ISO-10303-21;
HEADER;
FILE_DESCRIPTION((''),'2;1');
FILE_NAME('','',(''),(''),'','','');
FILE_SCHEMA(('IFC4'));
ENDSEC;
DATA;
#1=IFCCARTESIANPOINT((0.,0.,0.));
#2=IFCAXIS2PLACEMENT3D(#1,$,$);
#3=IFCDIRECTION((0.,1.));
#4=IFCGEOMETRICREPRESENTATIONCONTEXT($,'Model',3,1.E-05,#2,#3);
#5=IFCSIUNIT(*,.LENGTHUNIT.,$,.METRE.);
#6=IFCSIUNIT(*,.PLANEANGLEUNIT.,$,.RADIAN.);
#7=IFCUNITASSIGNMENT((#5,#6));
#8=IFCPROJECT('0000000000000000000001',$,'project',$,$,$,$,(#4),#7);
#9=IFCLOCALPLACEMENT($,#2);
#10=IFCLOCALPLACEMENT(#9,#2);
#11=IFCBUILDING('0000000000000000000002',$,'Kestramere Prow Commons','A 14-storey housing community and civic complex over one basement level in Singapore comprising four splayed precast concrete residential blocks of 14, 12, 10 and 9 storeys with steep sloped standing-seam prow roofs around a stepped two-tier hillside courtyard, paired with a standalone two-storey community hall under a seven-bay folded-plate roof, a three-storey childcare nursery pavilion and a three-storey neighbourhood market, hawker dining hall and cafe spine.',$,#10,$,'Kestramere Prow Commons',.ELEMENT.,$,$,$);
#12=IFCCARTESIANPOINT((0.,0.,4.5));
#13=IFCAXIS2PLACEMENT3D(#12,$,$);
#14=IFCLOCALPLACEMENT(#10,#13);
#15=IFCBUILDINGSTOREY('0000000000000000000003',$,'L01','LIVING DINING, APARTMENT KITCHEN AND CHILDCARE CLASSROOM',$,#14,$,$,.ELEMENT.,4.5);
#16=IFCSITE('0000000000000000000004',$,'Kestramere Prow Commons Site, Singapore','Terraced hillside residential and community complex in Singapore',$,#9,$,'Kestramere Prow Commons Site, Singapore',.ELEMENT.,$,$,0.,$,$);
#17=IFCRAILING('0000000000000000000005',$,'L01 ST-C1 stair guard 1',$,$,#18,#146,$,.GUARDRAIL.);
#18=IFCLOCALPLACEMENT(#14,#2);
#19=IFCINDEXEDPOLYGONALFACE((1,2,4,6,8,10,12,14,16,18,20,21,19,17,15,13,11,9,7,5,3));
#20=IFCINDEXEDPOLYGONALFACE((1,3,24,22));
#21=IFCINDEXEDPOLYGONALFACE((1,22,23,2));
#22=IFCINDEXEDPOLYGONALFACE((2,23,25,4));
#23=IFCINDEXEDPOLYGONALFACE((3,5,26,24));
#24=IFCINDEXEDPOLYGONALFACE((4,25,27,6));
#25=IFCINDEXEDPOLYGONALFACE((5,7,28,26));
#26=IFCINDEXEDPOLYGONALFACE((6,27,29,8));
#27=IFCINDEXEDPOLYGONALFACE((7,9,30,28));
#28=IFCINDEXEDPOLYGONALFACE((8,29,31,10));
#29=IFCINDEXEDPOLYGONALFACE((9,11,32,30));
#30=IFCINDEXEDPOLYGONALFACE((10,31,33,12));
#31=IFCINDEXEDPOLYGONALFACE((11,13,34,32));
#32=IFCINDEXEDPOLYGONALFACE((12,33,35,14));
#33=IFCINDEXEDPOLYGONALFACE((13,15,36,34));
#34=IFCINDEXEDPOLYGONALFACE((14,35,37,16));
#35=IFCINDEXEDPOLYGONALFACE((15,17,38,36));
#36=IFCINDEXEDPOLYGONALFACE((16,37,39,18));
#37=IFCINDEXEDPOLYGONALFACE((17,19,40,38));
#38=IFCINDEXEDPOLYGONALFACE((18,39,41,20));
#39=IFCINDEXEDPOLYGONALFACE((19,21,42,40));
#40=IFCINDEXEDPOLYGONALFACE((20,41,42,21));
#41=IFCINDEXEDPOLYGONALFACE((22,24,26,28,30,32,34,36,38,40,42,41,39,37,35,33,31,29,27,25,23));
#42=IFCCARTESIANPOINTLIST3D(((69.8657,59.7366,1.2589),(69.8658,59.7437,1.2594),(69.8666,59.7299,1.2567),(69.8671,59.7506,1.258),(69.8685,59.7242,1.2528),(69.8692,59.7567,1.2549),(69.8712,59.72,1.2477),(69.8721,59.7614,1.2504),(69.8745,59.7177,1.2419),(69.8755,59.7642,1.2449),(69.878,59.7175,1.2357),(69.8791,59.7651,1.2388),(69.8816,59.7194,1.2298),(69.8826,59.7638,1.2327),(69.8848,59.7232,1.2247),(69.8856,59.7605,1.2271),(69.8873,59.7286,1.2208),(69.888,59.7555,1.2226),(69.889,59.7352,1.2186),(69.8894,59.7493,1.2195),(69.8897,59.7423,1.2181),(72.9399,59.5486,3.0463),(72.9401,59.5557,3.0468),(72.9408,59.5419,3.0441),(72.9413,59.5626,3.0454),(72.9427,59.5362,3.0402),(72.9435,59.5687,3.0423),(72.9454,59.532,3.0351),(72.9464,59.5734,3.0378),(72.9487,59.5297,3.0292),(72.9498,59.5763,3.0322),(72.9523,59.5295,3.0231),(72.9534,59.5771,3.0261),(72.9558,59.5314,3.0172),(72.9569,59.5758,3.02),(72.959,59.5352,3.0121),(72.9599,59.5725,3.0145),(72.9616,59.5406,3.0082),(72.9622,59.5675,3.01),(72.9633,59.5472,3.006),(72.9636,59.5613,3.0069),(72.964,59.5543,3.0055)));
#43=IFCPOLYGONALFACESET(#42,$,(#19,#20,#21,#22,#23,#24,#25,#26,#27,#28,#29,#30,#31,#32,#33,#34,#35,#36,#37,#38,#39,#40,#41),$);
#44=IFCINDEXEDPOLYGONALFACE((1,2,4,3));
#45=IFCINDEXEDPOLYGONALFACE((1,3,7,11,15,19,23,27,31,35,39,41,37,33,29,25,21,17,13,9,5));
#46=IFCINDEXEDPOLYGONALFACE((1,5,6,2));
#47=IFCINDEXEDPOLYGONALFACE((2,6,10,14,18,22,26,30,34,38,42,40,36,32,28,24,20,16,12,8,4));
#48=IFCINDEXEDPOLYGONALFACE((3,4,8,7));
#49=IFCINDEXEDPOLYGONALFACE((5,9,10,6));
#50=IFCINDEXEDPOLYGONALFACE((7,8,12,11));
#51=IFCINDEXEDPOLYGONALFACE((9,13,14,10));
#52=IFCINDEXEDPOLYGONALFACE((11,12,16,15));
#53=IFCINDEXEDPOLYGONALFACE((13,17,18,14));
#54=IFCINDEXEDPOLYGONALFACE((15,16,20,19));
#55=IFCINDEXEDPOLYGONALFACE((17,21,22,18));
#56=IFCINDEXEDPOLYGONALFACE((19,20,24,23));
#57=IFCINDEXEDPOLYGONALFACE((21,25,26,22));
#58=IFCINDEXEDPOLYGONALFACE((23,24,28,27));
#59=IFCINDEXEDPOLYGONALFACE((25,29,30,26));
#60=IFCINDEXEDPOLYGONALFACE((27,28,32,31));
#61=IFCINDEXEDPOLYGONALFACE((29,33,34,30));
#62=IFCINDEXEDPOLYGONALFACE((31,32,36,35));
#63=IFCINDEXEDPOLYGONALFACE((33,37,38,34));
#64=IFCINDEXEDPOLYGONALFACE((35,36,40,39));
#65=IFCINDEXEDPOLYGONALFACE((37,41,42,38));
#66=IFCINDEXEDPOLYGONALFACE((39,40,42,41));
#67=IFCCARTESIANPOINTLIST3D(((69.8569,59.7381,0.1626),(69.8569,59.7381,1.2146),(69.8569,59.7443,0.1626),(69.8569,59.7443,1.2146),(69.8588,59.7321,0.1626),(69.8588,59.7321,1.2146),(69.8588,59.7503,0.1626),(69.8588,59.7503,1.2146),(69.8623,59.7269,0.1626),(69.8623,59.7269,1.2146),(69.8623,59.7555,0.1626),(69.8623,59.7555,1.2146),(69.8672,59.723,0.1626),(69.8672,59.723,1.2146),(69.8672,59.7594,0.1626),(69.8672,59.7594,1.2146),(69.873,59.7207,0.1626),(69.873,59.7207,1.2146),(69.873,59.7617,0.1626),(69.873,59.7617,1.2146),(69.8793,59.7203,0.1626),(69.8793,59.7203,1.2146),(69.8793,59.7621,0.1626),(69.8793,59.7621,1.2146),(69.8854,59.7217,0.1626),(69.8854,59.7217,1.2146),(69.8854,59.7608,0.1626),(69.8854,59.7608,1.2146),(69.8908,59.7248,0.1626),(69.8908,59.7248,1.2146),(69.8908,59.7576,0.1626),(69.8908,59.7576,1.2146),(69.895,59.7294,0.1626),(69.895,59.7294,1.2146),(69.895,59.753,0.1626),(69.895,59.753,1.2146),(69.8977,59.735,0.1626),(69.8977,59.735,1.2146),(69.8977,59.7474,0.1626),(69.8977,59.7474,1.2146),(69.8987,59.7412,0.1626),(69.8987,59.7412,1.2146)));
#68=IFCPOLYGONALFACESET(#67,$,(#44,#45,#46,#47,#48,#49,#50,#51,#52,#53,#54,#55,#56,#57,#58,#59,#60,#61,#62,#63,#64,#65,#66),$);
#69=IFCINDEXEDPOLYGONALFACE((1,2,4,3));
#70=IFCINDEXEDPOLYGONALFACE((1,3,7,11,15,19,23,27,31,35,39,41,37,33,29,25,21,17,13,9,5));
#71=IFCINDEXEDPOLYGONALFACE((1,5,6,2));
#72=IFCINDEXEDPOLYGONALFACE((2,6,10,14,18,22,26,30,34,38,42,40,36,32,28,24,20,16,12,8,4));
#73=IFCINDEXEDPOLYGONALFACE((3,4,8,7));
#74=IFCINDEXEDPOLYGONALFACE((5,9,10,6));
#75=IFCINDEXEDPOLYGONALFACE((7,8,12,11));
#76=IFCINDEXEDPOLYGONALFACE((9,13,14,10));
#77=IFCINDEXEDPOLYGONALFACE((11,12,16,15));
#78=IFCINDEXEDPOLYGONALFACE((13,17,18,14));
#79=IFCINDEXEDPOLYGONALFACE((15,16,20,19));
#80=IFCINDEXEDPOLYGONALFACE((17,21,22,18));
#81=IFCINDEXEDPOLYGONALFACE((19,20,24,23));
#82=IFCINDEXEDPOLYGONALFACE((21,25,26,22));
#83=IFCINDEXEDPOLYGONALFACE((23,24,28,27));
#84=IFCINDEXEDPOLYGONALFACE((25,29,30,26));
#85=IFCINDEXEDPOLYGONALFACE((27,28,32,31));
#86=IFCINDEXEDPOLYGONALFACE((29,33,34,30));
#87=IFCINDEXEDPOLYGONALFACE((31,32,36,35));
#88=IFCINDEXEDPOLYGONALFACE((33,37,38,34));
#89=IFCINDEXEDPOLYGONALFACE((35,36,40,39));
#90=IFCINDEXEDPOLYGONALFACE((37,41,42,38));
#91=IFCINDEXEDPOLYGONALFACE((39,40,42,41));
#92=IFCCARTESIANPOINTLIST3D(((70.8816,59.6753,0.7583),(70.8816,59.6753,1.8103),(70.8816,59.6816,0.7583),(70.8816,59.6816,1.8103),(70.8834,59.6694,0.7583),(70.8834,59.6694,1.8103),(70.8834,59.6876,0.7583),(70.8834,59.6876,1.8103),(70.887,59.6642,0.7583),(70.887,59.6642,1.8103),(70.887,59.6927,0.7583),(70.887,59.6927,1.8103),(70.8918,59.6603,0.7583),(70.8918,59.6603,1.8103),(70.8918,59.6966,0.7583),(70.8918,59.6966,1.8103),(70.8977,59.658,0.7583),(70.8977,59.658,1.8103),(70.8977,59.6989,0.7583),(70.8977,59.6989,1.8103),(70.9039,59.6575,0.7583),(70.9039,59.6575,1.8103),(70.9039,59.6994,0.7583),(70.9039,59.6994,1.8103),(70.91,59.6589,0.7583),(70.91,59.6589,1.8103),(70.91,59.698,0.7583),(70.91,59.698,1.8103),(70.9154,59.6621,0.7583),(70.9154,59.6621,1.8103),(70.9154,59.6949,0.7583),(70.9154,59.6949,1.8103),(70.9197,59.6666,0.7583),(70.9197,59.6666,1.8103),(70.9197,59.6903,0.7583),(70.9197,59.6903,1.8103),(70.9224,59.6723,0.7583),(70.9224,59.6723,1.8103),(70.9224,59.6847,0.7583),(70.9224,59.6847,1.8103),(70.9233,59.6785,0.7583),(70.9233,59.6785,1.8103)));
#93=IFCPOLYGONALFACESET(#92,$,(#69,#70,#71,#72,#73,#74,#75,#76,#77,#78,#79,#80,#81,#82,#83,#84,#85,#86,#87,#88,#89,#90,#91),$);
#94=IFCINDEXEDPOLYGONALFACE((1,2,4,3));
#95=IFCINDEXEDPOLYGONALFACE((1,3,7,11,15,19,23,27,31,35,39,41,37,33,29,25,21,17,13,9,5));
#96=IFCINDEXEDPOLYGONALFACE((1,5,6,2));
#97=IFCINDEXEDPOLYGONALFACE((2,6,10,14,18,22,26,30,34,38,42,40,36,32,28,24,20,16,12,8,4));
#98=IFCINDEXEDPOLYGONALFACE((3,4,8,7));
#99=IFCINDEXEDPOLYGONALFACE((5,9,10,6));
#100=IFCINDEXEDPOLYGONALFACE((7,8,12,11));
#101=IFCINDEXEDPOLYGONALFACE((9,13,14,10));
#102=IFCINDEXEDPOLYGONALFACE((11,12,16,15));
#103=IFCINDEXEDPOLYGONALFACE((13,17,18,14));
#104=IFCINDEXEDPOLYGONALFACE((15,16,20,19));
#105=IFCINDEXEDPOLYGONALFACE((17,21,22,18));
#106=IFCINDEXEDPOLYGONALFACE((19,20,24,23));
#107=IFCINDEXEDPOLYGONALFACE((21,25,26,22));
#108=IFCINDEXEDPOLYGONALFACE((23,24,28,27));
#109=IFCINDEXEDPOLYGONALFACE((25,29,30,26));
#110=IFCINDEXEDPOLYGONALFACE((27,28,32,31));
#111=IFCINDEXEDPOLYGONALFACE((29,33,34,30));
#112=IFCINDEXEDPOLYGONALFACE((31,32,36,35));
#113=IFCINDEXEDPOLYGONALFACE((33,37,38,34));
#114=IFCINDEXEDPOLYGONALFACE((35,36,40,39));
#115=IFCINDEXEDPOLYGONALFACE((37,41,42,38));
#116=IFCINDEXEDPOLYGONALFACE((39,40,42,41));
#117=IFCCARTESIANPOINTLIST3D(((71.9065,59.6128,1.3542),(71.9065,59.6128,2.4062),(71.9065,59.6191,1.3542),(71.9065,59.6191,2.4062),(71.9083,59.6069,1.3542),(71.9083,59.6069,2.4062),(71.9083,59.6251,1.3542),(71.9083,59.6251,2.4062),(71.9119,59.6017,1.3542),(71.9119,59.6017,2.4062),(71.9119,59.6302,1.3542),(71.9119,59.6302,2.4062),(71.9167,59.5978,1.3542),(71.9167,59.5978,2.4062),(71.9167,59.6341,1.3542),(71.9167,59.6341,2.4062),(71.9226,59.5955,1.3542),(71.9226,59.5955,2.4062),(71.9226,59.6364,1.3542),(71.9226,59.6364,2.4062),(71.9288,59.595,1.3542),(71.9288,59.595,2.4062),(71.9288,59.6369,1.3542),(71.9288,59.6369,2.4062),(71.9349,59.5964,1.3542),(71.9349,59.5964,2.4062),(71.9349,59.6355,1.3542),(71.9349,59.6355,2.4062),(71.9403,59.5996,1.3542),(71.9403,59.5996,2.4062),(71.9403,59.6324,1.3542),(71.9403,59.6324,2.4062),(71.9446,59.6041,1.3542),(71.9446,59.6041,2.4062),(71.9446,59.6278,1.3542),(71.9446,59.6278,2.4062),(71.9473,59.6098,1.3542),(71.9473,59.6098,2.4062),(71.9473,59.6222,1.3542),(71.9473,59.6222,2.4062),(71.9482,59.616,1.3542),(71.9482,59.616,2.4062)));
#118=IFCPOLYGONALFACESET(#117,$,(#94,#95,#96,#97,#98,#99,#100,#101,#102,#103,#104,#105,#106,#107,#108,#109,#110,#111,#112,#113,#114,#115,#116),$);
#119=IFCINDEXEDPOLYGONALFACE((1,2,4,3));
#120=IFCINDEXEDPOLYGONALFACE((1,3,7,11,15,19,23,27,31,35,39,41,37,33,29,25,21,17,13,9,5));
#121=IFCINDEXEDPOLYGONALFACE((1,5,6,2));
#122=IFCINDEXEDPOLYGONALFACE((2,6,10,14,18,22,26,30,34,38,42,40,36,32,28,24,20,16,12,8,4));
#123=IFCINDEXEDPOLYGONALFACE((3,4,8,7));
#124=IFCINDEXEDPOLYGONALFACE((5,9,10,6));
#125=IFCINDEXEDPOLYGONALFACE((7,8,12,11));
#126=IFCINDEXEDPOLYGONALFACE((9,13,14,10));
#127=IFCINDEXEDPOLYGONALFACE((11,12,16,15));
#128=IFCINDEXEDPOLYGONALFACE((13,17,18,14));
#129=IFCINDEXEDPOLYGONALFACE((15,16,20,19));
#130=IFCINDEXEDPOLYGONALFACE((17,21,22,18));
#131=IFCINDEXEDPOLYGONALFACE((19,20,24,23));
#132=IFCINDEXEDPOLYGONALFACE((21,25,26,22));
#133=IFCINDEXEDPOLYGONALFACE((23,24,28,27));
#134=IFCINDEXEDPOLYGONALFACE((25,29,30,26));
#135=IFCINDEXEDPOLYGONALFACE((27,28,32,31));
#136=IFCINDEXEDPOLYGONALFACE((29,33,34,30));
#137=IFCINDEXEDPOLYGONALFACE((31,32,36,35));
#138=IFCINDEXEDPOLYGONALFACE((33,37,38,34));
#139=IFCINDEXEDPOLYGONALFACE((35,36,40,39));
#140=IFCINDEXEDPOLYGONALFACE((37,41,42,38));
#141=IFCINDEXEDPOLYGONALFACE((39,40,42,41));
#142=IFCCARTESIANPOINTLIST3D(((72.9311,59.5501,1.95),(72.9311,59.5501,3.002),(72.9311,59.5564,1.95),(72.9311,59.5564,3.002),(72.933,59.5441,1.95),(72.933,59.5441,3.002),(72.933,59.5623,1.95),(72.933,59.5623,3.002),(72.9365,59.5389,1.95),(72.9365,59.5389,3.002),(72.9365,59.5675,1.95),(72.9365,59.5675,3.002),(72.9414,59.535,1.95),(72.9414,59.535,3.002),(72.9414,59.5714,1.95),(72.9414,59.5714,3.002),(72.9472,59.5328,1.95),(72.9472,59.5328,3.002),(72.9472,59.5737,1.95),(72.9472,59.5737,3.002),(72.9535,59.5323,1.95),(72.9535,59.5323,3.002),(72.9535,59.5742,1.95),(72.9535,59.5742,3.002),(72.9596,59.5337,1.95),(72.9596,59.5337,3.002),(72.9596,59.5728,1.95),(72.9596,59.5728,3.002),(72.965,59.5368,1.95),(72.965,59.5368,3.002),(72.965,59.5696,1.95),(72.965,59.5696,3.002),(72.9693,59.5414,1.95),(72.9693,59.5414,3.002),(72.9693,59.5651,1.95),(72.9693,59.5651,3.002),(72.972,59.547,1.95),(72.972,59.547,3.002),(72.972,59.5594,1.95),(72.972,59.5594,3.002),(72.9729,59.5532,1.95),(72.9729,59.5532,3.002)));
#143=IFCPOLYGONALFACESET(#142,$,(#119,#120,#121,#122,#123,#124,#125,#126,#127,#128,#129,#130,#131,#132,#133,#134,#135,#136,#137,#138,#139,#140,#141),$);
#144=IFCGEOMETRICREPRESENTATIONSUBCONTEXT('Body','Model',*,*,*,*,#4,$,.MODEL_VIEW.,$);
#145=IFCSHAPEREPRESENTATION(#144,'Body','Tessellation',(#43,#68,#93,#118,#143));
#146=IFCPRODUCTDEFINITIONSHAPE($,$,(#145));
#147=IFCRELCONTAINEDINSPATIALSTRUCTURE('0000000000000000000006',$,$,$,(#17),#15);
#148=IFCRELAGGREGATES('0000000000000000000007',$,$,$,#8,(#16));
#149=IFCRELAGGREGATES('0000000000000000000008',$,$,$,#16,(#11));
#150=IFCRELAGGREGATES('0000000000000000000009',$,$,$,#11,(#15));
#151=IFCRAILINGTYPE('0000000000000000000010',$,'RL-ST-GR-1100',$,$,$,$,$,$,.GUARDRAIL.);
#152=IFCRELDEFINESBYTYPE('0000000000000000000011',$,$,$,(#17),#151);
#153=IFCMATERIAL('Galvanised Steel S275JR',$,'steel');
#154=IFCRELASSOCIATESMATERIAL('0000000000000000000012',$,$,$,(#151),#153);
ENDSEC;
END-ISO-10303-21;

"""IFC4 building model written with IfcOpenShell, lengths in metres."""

from ifc_helpers import new_model, si_unit, direction, frame, origin, origin_2d, place, context, subcontext, project, spatial, circle, extrude, material, type_object, element, save


model = new_model("IFC4")

# Units and contexts
model_context = context("Model", 3, precision=1e-05, world=origin(), true_north=direction((0.0, 1.0)))
body_context = subcontext(model_context, "Body", "Model", "MODEL_VIEW")
ifc_project = project(units=[si_unit("LENGTHUNIT", "METRE"), si_unit("PLANEANGLEUNIT", "RADIAN")], contexts=[model_context])

# Site, building, storey
site_placement = place(None, origin())
site = spatial("IfcSite", under=ifc_project, at=site_placement, Name="Kestramere Prow Commons Site, Singapore", Description="Terraced hillside residential and community complex in Singapore", LongName="Kestramere Prow Commons Site, Singapore", CompositionType="ELEMENT", RefElevation=0.0)
building_placement = place(site_placement, origin())
building = spatial("IfcBuilding", under=site, at=building_placement, Name="Kestramere Prow Commons", Description="A 14-storey housing community and civic complex over one basement level in Singapore comprising four splayed precast concrete residential blocks of 14, 12, 10 and 9 storeys with steep sloped standing-seam prow roofs around a stepped two-tier hillside courtyard, paired with a standalone two-storey community hall under a seven-bay folded-plate roof, a three-storey childcare nursery pavilion and a three-storey neighbourhood market, hawker dining hall and cafe spine.", LongName="Kestramere Prow Commons", CompositionType="ELEMENT")
storey_placement = place(building_placement, frame((0.0, 0.0, 4.5)))
storey = spatial("IfcBuildingStorey", under=building, at=storey_placement, Name="L01", Description="LIVING DINING, APARTMENT KITCHEN AND CHILDCARE CLASSROOM", CompositionType="ELEMENT", Elevation=4.5)

# Railing
ifc_material_1 = material(Name="Galvanised Steel S275JR", Category="steel")
railing_type_1 = type_object("IfcRailingType", Name="RL-ST-GR-1100", PredefinedType="GUARDRAIL", material=ifc_material_1)
railing_1_placement = place(storey_placement, frame((69.8777, 59.7412, 0.1626)))
element("IfcRailing", 1, at=railing_1_placement, inside=storey, type_object=railing_type_1, Name="L01 ST-C1 stair guard 1", PredefinedType="GUARDRAIL", context=body_context, shape_type="SweptSolid", body=[
    extrude(circle(Radius=0.0239, at=origin_2d()), frame((0.0, 0.0, 1.0762), z_axis=(0.8633, -0.052791, 0.501923), x_axis=(0.061036, 0.998136, 0.0)), (0.0, 0.0, 1.0), 3.561),
    extrude(circle(Radius=0.021, at=origin_2d()), origin(), (0.0, 0.0, 1.0), 1.052),
    extrude(circle(Radius=0.021, at=origin_2d()), frame((1.0247, -0.0627, 0.5957)), (0.0, 0.0, 1.0), 1.052),
    extrude(circle(Radius=0.021, at=origin_2d()), frame((2.0496, -0.1252, 1.1917)), (0.0, 0.0, 1.0), 1.052),
    extrude(circle(Radius=0.021, at=origin_2d()), frame((3.0742, -0.188, 1.7874)), (0.0, 0.0, 1.0), 1.052),
])

save(model, "model.ifc")
